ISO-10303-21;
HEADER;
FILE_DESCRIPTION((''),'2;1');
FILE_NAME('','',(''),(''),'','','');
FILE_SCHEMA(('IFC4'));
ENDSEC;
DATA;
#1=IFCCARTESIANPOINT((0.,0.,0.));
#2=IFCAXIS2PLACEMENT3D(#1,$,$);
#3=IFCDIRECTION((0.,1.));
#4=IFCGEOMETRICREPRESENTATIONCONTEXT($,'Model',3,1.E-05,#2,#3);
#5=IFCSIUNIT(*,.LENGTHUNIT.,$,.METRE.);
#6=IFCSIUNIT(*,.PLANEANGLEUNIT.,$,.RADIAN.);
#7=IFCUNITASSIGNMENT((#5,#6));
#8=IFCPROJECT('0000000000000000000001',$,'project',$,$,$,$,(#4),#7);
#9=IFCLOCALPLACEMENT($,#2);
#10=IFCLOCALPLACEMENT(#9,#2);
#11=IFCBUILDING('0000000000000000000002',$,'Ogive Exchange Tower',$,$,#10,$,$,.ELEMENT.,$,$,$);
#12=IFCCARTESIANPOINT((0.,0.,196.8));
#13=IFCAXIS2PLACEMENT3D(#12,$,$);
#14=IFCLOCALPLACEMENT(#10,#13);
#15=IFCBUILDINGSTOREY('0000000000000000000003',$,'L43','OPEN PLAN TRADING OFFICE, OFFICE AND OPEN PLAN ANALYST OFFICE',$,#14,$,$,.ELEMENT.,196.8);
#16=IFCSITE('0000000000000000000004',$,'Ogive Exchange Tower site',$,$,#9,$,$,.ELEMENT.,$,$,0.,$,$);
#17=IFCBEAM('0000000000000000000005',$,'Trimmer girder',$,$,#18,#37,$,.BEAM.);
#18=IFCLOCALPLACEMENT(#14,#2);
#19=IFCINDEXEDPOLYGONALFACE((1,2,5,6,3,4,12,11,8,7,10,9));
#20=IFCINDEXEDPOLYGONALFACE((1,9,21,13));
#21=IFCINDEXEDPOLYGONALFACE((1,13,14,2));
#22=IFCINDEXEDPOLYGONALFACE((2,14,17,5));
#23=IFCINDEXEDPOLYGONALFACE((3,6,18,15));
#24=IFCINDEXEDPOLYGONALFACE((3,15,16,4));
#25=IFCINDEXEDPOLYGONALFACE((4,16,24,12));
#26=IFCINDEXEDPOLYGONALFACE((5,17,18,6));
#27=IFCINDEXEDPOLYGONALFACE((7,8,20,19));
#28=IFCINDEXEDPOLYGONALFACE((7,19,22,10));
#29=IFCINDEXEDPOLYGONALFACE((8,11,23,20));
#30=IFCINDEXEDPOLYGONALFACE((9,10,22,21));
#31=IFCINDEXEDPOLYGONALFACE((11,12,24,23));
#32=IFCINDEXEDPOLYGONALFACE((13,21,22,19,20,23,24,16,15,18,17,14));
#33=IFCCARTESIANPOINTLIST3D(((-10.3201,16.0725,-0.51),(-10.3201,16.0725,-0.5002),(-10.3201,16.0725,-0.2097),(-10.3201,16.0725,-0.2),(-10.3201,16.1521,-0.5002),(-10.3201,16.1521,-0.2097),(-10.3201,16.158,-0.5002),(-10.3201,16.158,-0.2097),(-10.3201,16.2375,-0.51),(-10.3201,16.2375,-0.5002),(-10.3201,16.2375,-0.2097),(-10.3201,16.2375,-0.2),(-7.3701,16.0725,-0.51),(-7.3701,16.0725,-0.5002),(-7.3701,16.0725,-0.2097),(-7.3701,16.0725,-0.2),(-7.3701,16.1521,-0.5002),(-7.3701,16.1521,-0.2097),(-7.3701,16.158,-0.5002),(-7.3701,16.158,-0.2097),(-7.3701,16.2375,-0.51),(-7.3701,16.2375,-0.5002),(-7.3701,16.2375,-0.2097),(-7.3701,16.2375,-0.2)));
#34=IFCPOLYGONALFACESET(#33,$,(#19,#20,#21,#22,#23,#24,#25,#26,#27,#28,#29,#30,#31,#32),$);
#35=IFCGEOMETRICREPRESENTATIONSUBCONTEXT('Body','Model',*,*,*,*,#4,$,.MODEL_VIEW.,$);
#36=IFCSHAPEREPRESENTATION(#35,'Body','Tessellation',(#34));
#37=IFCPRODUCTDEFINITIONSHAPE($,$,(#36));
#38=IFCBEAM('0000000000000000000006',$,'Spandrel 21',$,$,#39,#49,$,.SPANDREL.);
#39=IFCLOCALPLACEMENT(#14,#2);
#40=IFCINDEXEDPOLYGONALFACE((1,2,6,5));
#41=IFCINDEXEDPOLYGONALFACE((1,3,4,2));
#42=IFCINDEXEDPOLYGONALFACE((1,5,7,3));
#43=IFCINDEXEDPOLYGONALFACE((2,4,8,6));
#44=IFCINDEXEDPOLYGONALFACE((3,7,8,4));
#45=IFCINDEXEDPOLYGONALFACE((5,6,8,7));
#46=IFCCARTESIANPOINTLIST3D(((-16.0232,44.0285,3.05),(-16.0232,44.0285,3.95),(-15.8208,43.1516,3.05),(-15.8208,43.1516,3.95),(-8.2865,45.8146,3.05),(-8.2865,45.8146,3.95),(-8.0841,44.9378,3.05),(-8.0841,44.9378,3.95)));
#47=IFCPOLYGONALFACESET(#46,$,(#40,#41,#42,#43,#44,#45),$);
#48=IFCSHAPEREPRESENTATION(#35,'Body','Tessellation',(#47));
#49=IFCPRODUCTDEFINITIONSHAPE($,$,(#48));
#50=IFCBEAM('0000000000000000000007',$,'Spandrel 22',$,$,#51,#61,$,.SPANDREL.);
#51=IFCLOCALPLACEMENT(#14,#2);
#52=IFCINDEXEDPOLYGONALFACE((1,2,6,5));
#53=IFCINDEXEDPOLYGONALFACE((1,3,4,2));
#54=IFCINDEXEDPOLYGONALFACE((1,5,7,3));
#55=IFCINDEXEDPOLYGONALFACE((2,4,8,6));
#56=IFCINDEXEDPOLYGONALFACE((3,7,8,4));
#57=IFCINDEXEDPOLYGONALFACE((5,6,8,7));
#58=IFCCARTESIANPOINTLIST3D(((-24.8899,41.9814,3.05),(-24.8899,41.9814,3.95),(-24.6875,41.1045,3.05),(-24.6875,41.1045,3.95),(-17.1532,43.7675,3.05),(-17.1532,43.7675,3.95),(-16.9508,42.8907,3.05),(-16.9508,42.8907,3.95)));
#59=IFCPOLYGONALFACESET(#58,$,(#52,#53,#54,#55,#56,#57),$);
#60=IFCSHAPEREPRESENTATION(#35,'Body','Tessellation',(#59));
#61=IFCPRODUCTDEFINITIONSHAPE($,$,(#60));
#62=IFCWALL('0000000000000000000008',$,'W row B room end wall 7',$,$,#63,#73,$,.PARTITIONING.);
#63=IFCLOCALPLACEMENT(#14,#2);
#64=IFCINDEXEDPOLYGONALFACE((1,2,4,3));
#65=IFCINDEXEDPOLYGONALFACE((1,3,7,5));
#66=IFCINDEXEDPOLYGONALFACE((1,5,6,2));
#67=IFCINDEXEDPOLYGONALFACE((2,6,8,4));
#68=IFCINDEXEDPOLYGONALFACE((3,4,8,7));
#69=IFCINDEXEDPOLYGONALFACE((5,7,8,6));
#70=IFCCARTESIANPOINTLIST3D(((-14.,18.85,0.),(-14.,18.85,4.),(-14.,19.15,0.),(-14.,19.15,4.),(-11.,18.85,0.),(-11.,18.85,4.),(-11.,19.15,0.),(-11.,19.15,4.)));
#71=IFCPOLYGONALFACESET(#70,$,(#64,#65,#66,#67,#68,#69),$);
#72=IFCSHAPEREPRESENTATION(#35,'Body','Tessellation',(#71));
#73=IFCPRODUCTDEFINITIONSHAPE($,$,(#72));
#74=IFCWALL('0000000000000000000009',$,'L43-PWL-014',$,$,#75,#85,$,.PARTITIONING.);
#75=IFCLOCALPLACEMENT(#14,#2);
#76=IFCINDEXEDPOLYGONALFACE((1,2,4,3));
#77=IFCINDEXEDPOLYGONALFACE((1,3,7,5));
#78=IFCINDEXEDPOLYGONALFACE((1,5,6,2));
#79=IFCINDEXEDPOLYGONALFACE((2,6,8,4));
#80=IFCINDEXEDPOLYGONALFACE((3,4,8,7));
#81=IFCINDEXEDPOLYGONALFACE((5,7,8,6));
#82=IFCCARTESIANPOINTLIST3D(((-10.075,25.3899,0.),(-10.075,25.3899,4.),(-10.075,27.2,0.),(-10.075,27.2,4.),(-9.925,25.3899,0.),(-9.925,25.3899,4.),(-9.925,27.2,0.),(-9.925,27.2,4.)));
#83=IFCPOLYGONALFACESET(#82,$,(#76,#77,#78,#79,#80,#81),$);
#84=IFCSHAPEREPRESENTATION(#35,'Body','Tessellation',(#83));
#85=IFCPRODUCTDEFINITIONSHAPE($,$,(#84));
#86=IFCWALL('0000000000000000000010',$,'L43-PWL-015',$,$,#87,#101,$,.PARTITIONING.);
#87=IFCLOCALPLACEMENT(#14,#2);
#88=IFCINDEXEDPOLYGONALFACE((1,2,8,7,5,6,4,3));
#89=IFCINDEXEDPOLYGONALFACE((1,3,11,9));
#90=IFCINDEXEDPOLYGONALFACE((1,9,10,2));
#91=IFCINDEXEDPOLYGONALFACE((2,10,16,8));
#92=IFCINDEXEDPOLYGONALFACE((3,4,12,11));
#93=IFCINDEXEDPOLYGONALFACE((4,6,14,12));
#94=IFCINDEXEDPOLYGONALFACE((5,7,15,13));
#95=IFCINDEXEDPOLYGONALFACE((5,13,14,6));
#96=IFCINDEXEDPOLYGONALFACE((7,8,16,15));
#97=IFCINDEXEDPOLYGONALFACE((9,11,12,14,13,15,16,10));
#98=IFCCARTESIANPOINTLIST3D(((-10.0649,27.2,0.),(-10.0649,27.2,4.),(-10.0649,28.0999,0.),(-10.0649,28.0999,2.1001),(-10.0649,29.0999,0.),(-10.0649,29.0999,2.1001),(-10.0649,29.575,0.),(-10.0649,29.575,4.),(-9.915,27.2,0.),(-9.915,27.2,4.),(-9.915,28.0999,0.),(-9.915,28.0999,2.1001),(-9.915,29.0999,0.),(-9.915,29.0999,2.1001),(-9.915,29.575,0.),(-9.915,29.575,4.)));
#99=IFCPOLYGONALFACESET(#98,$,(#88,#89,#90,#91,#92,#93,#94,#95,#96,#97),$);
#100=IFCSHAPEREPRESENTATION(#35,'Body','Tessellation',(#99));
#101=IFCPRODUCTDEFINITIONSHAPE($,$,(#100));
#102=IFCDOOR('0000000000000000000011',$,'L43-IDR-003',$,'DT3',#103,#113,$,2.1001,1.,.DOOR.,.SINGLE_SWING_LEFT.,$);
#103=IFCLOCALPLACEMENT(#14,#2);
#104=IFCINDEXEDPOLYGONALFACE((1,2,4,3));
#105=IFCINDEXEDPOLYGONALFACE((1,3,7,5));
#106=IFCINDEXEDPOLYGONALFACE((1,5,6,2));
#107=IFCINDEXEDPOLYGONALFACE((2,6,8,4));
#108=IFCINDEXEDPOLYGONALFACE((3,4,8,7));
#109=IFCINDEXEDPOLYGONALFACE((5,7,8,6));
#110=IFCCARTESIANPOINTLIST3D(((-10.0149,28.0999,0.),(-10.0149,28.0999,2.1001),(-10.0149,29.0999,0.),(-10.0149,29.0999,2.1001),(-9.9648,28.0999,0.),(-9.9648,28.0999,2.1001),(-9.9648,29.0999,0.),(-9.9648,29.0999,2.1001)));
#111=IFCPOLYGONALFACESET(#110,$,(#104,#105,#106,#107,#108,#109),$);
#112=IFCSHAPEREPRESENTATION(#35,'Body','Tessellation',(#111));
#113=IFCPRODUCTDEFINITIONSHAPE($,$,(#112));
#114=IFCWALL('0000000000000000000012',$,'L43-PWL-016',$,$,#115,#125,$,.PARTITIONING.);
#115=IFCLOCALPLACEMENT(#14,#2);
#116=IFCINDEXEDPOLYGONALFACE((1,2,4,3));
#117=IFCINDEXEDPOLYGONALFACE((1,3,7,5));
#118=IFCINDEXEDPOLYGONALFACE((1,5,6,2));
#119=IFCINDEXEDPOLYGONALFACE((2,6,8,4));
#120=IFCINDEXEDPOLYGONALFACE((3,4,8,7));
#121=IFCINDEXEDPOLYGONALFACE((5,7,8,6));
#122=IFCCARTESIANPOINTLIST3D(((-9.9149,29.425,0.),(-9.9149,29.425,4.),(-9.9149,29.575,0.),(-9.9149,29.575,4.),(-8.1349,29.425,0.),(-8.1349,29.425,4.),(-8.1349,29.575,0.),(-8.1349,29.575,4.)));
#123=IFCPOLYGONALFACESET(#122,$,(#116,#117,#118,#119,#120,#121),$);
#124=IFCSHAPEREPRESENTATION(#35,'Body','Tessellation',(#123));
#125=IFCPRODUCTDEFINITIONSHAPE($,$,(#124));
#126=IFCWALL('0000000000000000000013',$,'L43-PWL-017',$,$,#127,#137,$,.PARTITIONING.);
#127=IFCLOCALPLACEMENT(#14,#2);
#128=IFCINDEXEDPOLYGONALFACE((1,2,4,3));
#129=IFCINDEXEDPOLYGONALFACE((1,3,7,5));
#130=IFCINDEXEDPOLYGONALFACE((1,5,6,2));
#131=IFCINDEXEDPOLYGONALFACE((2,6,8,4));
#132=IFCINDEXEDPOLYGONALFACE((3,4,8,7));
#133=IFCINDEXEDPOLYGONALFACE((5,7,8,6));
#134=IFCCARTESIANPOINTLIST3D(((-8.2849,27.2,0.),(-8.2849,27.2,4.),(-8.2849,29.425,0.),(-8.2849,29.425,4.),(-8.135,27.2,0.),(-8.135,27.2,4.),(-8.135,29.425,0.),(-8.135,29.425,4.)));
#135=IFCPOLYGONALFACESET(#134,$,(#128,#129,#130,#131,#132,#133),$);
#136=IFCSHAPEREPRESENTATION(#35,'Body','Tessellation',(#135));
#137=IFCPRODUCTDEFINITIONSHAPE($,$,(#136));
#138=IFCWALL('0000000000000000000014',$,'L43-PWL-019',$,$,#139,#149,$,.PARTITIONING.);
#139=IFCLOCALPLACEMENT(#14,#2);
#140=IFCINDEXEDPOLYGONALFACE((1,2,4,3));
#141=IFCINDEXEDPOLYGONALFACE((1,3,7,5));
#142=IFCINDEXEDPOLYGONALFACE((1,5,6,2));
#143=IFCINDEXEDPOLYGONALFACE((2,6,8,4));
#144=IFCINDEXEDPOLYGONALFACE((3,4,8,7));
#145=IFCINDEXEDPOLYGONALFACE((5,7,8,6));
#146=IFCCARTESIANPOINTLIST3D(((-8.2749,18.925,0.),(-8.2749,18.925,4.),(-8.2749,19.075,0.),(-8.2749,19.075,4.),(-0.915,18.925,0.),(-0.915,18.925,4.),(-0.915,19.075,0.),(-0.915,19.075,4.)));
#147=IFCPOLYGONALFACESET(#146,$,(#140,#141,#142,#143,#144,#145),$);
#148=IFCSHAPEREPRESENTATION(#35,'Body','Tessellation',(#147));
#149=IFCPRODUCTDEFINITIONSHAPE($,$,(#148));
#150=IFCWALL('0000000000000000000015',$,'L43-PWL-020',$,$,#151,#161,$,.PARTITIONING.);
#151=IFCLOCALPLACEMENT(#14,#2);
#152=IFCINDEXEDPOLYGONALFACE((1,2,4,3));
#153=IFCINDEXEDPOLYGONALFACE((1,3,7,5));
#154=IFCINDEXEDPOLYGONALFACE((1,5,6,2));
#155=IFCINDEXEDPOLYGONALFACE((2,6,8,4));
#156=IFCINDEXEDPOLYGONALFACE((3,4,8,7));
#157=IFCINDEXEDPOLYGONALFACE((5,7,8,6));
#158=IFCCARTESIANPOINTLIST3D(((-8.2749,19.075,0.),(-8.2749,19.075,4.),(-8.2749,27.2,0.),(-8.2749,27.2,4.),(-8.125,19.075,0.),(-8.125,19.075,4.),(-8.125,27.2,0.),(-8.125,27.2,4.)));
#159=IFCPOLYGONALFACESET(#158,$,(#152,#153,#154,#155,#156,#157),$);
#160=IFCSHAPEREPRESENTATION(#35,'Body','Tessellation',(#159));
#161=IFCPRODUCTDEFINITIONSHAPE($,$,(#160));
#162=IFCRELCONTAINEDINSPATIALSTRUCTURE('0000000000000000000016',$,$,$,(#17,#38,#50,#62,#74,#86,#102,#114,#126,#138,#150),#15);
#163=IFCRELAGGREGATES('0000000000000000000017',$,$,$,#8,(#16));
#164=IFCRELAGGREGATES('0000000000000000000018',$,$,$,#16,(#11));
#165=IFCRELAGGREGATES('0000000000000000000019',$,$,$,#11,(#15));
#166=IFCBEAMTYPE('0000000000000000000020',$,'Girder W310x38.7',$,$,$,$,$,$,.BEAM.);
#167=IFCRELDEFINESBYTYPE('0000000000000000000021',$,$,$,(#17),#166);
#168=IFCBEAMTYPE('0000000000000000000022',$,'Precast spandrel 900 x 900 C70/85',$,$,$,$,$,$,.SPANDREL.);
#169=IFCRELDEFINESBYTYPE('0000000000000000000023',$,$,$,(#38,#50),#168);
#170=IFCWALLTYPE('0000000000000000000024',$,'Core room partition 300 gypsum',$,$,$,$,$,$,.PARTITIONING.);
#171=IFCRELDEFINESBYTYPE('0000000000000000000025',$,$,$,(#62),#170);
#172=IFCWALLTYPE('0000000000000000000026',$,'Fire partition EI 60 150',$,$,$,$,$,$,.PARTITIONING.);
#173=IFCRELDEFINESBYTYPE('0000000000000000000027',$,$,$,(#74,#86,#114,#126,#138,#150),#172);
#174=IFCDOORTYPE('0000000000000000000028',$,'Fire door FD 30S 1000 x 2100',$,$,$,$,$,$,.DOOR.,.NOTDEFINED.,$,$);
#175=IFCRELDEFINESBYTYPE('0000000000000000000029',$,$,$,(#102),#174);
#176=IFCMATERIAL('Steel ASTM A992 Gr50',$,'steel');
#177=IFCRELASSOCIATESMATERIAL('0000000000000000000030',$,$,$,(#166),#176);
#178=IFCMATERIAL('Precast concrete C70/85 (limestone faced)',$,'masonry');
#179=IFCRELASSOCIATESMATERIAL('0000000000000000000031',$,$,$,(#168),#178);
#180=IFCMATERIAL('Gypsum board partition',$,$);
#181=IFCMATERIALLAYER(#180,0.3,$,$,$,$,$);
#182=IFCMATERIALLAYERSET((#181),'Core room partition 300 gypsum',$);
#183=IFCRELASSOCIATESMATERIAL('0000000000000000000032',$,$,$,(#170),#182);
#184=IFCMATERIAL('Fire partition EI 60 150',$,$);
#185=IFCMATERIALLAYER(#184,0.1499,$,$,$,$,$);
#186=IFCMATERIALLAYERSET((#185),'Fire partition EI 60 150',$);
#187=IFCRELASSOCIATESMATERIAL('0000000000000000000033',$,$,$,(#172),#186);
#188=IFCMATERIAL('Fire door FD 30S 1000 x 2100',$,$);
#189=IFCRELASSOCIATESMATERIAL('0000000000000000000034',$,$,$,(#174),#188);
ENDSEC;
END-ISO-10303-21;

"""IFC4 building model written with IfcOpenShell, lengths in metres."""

from ifc_helpers import new_model, si_unit, direction, frame, frame_2d, origin, origin_2d, place, context, subcontext, project, spatial, rectangle, i_section, extrude, material, layer, layer_set, material_profile, profile_set, type_object, element, fill, save


model = new_model("IFC4")

# Units and contexts
model_context = context("Model", 3, precision=1e-05, world=origin(), true_north=direction((0.0, 1.0)))
body_context = subcontext(model_context, "Body", "Model", "MODEL_VIEW")
ifc_project = project(units=[si_unit("LENGTHUNIT", "METRE"), si_unit("PLANEANGLEUNIT", "RADIAN")], contexts=[model_context])

# Site, building, storey
site_placement = place(None, origin())
site = spatial("IfcSite", under=ifc_project, at=site_placement, Name="Ogive Exchange Tower site", CompositionType="ELEMENT", RefElevation=0.0)
building_placement = place(site_placement, origin())
building = spatial("IfcBuilding", under=site, at=building_placement, Name="Ogive Exchange Tower", CompositionType="ELEMENT")
storey_placement = place(building_placement, frame((0.0, 0.0, 196.8)))
storey = spatial("IfcBuildingStorey", under=building, at=storey_placement, Name="L43", Description="OPEN PLAN TRADING OFFICE, OFFICE AND OPEN PLAN ANALYST OFFICE", CompositionType="ELEMENT", Elevation=196.8)

# Shared definitions
ifc_material_1 = material(Name="Precast concrete C70/85 (limestone faced)", Category="masonry")

# Beams
ifc_material_2 = material(Name="Steel ASTM A992 Gr50", Category="steel")
ifc_material_profile_1 = material_profile(ifc_material_2, i_section(OverallWidth=0.165, OverallDepth=0.3101, WebThickness=0.0059, FlangeThickness=0.0098, at=origin_2d()), Name="W310x38.7")
ifc_profile_set_1 = profile_set([ifc_material_profile_1], Name="Steel ASTM A992 Gr50")
beam_type_1 = type_object("IfcBeamType", Name="Girder W310x38.7", PredefinedType="BEAM", material=ifc_profile_set_1)
beam_1_placement = place(storey_placement, frame((-10.3201, 16.155, -0.355), z_axis=(1.0, 0.0, 0.0), x_axis=(0.0, 1.0, 0.0)))
element("IfcBeam", 1, at=beam_1_placement, inside=storey, type_object=beam_type_1, Name="Trimmer girder", PredefinedType="BEAM", context=body_context, shape_type="SweptSolid", body=[
    extrude(i_section(OverallWidth=0.165, OverallDepth=0.3101, WebThickness=0.0059, FlangeThickness=0.0098, at=origin_2d()), origin(), (0.0, 0.0, 1.0), 2.95),
])
ifc_material_profile_2 = material_profile(ifc_material_1, rectangle(XDim=0.8999, YDim=0.8999, at=origin_2d()), Name="900 x 900")
ifc_profile_set_2 = profile_set([ifc_material_profile_2], Name="Precast concrete C70/85 (limestone faced)")
beam_type_2 = type_object("IfcBeamType", Name="Precast spandrel 900 x 900 C70/85", PredefinedType="SPANDREL", material=ifc_profile_set_2)
for number, where, z_axis, x_axis, name in (
    (2, (-8.1853, 45.3762, 3.5), (-0.97437, -0.224952, 0.0), (0.224952, -0.97437, 0.0), "Spandrel 21"),
    (3, (-17.052, 43.3291, 3.5), (-0.97437, -0.224952, 0.0), (0.224952, -0.97437, 0.0), "Spandrel 22"),
):
    element("IfcBeam", number, at=place(storey_placement, frame(where, z_axis=z_axis, x_axis=x_axis)), inside=storey, type_object=beam_type_2, Name=name, PredefinedType="SPANDREL", context=body_context, shape_type="SweptSolid", body=[
        extrude(rectangle(XDim=0.8999, YDim=0.8999, at=origin_2d()), origin(), (0.0, 0.0, 1.0), 7.9402),
    ])

# Walls
ifc_material_3 = material(Name="Gypsum board partition")
ifc_layer_1 = layer(ifc_material_3, 0.3)
ifc_layer_set_1 = layer_set([ifc_layer_1], Name="Core room partition 300 gypsum")
wall_type_1 = type_object("IfcWallType", Name="Core room partition 300 gypsum", PredefinedType="PARTITIONING", material=ifc_layer_set_1)
wall_1_placement = place(storey_placement, frame((-14.0, 19.0, 0.0), z_axis=(0.0, 0.0, 1.0), x_axis=(1.0, 0.0, 0.0)))
element("IfcWall", 4, at=wall_1_placement, inside=storey, type_object=wall_type_1, Name="W row B room end wall 7", PredefinedType="PARTITIONING", context=body_context, shape_type="SweptSolid", body=[
    extrude(rectangle(XDim=3.0, YDim=0.3, at=frame_2d((1.5, 0.0))), origin(), (0.0, 0.0, 1.0), 4.0),
])
ifc_material_4 = material(Name="Fire partition EI 60 150")
ifc_layer_2 = layer(ifc_material_4, 0.1499)
ifc_layer_set_2 = layer_set([ifc_layer_2], Name="Fire partition EI 60 150")
wall_type_2 = type_object("IfcWallType", Name="Fire partition EI 60 150", PredefinedType="PARTITIONING", material=ifc_layer_set_2)
wall_2_placement = place(storey_placement, frame((-10.0, 25.3899, 0.0), z_axis=(0.0, 0.0, 1.0), x_axis=(0.0, 1.0, 0.0)))
element("IfcWall", 5, at=wall_2_placement, inside=storey, type_object=wall_type_2, Name="L43-PWL-014", PredefinedType="PARTITIONING", context=body_context, shape_type="SweptSolid", body=[
    extrude(rectangle(XDim=1.8101, YDim=0.1499, at=frame_2d((0.905, 0.0))), origin(), (0.0, 0.0, 1.0), 4.0),
])

# Wall, opening, door
wall_3_placement = place(storey_placement, frame((-9.99, 27.2, 0.0), z_axis=(0.0, 0.0, 1.0), x_axis=(0.0, 1.0, 0.0)))
wall_3 = element("IfcWall", 6, at=wall_3_placement, inside=storey, type_object=wall_type_2, Name="L43-PWL-015", PredefinedType="PARTITIONING", context=body_context, shape_type="SweptSolid", body=[
    extrude(rectangle(XDim=2.375, YDim=0.1499, at=frame_2d((1.1875, 0.0))), origin(), (0.0, 0.0, 1.0), 4.0),
])
opening_1_placement = place(wall_3_placement, frame((0.8999, 0.0, 0.0)))
opening_1 = element("IfcOpeningElement", 7, at=opening_1_placement, cuts=wall_3, PredefinedType="OPENING", context=body_context, shape_type="SweptSolid", body=[
    extrude(rectangle(XDim=1.0, YDim=2.1001, at=frame_2d((0.5, 1.05))), frame((0.0, 0.085, 0.0), z_axis=(0.0, -1.0, 0.0), x_axis=(1.0, 0.0, 0.0)), (0.0, 0.0, 1.0), 0.1699),
])
ifc_material_5 = material(Name="Fire door FD 30S 1000 x 2100")
door_type_1 = type_object("IfcDoorType", Name="Fire door FD 30S 1000 x 2100", OperationType="NOTDEFINED", PredefinedType="DOOR", material=ifc_material_5)
door_1_placement = place(opening_1_placement, origin())
door_1 = element("IfcDoor", 8, at=door_1_placement, inside=storey, type_object=door_type_1, Name="L43-IDR-003", ObjectType="DT3", OperationType="SINGLE_SWING_LEFT", OverallHeight=2.1001, OverallWidth=1.0, PredefinedType="DOOR", context=body_context, shape_type="SweptSolid", body=[
    extrude(rectangle(XDim=1.0, YDim=2.1001, at=frame_2d((0.5, 1.05))), frame((0.0, 0.0249, 0.0), z_axis=(0.0, -1.0, 0.0), x_axis=(1.0, 0.0, 0.0)), (0.0, 0.0, 1.0), 0.05),
])
fill(opening_1, door_1)

# Walls
wall_4_placement = place(storey_placement, frame((-9.915, 29.5, 0.0), z_axis=(0.0, 0.0, 1.0), x_axis=(1.0, 0.0, 0.0)))
element("IfcWall", 9, at=wall_4_placement, inside=storey, type_object=wall_type_2, Name="L43-PWL-016", PredefinedType="PARTITIONING", context=body_context, shape_type="SweptSolid", body=[
    extrude(rectangle(XDim=1.78, YDim=0.1499, at=frame_2d((0.8901, 0.0))), origin(), (0.0, 0.0, 1.0), 4.0),
])
wall_5_placement = place(storey_placement, frame((-8.21, 29.425, 0.0), z_axis=(0.0, 0.0, 1.0), x_axis=(0.0, -1.0, 0.0)))
element("IfcWall", 10, at=wall_5_placement, inside=storey, type_object=wall_type_2, Name="L43-PWL-017", PredefinedType="PARTITIONING", context=body_context, shape_type="SweptSolid", body=[
    extrude(rectangle(XDim=2.2251, YDim=0.1499, at=frame_2d((1.1125, 0.0))), origin(), (0.0, 0.0, 1.0), 4.0),
])
wall_6_placement = place(storey_placement, frame((-8.2749, 19.0, 0.0), z_axis=(0.0, 0.0, 1.0), x_axis=(1.0, 0.0, 0.0)))
element("IfcWall", 11, at=wall_6_placement, inside=storey, type_object=wall_type_2, Name="L43-PWL-019", PredefinedType="PARTITIONING", context=body_context, shape_type="SweptSolid", body=[
    extrude(rectangle(XDim=7.3599, YDim=0.1499, at=frame_2d((3.6799, 0.0))), origin(), (0.0, 0.0, 1.0), 4.0),
])
wall_7_placement = place(storey_placement, frame((-8.2, 27.2, 0.0), z_axis=(0.0, 0.0, 1.0), x_axis=(0.0, -1.0, 0.0)))
element("IfcWall", 12, at=wall_7_placement, inside=storey, type_object=wall_type_2, Name="L43-PWL-020", PredefinedType="PARTITIONING", context=body_context, shape_type="SweptSolid", body=[
    extrude(rectangle(XDim=8.125, YDim=0.1499, at=frame_2d((4.0625, 0.0))), origin(), (0.0, 0.0, 1.0), 4.0),
])

save(model, "model.ifc")
